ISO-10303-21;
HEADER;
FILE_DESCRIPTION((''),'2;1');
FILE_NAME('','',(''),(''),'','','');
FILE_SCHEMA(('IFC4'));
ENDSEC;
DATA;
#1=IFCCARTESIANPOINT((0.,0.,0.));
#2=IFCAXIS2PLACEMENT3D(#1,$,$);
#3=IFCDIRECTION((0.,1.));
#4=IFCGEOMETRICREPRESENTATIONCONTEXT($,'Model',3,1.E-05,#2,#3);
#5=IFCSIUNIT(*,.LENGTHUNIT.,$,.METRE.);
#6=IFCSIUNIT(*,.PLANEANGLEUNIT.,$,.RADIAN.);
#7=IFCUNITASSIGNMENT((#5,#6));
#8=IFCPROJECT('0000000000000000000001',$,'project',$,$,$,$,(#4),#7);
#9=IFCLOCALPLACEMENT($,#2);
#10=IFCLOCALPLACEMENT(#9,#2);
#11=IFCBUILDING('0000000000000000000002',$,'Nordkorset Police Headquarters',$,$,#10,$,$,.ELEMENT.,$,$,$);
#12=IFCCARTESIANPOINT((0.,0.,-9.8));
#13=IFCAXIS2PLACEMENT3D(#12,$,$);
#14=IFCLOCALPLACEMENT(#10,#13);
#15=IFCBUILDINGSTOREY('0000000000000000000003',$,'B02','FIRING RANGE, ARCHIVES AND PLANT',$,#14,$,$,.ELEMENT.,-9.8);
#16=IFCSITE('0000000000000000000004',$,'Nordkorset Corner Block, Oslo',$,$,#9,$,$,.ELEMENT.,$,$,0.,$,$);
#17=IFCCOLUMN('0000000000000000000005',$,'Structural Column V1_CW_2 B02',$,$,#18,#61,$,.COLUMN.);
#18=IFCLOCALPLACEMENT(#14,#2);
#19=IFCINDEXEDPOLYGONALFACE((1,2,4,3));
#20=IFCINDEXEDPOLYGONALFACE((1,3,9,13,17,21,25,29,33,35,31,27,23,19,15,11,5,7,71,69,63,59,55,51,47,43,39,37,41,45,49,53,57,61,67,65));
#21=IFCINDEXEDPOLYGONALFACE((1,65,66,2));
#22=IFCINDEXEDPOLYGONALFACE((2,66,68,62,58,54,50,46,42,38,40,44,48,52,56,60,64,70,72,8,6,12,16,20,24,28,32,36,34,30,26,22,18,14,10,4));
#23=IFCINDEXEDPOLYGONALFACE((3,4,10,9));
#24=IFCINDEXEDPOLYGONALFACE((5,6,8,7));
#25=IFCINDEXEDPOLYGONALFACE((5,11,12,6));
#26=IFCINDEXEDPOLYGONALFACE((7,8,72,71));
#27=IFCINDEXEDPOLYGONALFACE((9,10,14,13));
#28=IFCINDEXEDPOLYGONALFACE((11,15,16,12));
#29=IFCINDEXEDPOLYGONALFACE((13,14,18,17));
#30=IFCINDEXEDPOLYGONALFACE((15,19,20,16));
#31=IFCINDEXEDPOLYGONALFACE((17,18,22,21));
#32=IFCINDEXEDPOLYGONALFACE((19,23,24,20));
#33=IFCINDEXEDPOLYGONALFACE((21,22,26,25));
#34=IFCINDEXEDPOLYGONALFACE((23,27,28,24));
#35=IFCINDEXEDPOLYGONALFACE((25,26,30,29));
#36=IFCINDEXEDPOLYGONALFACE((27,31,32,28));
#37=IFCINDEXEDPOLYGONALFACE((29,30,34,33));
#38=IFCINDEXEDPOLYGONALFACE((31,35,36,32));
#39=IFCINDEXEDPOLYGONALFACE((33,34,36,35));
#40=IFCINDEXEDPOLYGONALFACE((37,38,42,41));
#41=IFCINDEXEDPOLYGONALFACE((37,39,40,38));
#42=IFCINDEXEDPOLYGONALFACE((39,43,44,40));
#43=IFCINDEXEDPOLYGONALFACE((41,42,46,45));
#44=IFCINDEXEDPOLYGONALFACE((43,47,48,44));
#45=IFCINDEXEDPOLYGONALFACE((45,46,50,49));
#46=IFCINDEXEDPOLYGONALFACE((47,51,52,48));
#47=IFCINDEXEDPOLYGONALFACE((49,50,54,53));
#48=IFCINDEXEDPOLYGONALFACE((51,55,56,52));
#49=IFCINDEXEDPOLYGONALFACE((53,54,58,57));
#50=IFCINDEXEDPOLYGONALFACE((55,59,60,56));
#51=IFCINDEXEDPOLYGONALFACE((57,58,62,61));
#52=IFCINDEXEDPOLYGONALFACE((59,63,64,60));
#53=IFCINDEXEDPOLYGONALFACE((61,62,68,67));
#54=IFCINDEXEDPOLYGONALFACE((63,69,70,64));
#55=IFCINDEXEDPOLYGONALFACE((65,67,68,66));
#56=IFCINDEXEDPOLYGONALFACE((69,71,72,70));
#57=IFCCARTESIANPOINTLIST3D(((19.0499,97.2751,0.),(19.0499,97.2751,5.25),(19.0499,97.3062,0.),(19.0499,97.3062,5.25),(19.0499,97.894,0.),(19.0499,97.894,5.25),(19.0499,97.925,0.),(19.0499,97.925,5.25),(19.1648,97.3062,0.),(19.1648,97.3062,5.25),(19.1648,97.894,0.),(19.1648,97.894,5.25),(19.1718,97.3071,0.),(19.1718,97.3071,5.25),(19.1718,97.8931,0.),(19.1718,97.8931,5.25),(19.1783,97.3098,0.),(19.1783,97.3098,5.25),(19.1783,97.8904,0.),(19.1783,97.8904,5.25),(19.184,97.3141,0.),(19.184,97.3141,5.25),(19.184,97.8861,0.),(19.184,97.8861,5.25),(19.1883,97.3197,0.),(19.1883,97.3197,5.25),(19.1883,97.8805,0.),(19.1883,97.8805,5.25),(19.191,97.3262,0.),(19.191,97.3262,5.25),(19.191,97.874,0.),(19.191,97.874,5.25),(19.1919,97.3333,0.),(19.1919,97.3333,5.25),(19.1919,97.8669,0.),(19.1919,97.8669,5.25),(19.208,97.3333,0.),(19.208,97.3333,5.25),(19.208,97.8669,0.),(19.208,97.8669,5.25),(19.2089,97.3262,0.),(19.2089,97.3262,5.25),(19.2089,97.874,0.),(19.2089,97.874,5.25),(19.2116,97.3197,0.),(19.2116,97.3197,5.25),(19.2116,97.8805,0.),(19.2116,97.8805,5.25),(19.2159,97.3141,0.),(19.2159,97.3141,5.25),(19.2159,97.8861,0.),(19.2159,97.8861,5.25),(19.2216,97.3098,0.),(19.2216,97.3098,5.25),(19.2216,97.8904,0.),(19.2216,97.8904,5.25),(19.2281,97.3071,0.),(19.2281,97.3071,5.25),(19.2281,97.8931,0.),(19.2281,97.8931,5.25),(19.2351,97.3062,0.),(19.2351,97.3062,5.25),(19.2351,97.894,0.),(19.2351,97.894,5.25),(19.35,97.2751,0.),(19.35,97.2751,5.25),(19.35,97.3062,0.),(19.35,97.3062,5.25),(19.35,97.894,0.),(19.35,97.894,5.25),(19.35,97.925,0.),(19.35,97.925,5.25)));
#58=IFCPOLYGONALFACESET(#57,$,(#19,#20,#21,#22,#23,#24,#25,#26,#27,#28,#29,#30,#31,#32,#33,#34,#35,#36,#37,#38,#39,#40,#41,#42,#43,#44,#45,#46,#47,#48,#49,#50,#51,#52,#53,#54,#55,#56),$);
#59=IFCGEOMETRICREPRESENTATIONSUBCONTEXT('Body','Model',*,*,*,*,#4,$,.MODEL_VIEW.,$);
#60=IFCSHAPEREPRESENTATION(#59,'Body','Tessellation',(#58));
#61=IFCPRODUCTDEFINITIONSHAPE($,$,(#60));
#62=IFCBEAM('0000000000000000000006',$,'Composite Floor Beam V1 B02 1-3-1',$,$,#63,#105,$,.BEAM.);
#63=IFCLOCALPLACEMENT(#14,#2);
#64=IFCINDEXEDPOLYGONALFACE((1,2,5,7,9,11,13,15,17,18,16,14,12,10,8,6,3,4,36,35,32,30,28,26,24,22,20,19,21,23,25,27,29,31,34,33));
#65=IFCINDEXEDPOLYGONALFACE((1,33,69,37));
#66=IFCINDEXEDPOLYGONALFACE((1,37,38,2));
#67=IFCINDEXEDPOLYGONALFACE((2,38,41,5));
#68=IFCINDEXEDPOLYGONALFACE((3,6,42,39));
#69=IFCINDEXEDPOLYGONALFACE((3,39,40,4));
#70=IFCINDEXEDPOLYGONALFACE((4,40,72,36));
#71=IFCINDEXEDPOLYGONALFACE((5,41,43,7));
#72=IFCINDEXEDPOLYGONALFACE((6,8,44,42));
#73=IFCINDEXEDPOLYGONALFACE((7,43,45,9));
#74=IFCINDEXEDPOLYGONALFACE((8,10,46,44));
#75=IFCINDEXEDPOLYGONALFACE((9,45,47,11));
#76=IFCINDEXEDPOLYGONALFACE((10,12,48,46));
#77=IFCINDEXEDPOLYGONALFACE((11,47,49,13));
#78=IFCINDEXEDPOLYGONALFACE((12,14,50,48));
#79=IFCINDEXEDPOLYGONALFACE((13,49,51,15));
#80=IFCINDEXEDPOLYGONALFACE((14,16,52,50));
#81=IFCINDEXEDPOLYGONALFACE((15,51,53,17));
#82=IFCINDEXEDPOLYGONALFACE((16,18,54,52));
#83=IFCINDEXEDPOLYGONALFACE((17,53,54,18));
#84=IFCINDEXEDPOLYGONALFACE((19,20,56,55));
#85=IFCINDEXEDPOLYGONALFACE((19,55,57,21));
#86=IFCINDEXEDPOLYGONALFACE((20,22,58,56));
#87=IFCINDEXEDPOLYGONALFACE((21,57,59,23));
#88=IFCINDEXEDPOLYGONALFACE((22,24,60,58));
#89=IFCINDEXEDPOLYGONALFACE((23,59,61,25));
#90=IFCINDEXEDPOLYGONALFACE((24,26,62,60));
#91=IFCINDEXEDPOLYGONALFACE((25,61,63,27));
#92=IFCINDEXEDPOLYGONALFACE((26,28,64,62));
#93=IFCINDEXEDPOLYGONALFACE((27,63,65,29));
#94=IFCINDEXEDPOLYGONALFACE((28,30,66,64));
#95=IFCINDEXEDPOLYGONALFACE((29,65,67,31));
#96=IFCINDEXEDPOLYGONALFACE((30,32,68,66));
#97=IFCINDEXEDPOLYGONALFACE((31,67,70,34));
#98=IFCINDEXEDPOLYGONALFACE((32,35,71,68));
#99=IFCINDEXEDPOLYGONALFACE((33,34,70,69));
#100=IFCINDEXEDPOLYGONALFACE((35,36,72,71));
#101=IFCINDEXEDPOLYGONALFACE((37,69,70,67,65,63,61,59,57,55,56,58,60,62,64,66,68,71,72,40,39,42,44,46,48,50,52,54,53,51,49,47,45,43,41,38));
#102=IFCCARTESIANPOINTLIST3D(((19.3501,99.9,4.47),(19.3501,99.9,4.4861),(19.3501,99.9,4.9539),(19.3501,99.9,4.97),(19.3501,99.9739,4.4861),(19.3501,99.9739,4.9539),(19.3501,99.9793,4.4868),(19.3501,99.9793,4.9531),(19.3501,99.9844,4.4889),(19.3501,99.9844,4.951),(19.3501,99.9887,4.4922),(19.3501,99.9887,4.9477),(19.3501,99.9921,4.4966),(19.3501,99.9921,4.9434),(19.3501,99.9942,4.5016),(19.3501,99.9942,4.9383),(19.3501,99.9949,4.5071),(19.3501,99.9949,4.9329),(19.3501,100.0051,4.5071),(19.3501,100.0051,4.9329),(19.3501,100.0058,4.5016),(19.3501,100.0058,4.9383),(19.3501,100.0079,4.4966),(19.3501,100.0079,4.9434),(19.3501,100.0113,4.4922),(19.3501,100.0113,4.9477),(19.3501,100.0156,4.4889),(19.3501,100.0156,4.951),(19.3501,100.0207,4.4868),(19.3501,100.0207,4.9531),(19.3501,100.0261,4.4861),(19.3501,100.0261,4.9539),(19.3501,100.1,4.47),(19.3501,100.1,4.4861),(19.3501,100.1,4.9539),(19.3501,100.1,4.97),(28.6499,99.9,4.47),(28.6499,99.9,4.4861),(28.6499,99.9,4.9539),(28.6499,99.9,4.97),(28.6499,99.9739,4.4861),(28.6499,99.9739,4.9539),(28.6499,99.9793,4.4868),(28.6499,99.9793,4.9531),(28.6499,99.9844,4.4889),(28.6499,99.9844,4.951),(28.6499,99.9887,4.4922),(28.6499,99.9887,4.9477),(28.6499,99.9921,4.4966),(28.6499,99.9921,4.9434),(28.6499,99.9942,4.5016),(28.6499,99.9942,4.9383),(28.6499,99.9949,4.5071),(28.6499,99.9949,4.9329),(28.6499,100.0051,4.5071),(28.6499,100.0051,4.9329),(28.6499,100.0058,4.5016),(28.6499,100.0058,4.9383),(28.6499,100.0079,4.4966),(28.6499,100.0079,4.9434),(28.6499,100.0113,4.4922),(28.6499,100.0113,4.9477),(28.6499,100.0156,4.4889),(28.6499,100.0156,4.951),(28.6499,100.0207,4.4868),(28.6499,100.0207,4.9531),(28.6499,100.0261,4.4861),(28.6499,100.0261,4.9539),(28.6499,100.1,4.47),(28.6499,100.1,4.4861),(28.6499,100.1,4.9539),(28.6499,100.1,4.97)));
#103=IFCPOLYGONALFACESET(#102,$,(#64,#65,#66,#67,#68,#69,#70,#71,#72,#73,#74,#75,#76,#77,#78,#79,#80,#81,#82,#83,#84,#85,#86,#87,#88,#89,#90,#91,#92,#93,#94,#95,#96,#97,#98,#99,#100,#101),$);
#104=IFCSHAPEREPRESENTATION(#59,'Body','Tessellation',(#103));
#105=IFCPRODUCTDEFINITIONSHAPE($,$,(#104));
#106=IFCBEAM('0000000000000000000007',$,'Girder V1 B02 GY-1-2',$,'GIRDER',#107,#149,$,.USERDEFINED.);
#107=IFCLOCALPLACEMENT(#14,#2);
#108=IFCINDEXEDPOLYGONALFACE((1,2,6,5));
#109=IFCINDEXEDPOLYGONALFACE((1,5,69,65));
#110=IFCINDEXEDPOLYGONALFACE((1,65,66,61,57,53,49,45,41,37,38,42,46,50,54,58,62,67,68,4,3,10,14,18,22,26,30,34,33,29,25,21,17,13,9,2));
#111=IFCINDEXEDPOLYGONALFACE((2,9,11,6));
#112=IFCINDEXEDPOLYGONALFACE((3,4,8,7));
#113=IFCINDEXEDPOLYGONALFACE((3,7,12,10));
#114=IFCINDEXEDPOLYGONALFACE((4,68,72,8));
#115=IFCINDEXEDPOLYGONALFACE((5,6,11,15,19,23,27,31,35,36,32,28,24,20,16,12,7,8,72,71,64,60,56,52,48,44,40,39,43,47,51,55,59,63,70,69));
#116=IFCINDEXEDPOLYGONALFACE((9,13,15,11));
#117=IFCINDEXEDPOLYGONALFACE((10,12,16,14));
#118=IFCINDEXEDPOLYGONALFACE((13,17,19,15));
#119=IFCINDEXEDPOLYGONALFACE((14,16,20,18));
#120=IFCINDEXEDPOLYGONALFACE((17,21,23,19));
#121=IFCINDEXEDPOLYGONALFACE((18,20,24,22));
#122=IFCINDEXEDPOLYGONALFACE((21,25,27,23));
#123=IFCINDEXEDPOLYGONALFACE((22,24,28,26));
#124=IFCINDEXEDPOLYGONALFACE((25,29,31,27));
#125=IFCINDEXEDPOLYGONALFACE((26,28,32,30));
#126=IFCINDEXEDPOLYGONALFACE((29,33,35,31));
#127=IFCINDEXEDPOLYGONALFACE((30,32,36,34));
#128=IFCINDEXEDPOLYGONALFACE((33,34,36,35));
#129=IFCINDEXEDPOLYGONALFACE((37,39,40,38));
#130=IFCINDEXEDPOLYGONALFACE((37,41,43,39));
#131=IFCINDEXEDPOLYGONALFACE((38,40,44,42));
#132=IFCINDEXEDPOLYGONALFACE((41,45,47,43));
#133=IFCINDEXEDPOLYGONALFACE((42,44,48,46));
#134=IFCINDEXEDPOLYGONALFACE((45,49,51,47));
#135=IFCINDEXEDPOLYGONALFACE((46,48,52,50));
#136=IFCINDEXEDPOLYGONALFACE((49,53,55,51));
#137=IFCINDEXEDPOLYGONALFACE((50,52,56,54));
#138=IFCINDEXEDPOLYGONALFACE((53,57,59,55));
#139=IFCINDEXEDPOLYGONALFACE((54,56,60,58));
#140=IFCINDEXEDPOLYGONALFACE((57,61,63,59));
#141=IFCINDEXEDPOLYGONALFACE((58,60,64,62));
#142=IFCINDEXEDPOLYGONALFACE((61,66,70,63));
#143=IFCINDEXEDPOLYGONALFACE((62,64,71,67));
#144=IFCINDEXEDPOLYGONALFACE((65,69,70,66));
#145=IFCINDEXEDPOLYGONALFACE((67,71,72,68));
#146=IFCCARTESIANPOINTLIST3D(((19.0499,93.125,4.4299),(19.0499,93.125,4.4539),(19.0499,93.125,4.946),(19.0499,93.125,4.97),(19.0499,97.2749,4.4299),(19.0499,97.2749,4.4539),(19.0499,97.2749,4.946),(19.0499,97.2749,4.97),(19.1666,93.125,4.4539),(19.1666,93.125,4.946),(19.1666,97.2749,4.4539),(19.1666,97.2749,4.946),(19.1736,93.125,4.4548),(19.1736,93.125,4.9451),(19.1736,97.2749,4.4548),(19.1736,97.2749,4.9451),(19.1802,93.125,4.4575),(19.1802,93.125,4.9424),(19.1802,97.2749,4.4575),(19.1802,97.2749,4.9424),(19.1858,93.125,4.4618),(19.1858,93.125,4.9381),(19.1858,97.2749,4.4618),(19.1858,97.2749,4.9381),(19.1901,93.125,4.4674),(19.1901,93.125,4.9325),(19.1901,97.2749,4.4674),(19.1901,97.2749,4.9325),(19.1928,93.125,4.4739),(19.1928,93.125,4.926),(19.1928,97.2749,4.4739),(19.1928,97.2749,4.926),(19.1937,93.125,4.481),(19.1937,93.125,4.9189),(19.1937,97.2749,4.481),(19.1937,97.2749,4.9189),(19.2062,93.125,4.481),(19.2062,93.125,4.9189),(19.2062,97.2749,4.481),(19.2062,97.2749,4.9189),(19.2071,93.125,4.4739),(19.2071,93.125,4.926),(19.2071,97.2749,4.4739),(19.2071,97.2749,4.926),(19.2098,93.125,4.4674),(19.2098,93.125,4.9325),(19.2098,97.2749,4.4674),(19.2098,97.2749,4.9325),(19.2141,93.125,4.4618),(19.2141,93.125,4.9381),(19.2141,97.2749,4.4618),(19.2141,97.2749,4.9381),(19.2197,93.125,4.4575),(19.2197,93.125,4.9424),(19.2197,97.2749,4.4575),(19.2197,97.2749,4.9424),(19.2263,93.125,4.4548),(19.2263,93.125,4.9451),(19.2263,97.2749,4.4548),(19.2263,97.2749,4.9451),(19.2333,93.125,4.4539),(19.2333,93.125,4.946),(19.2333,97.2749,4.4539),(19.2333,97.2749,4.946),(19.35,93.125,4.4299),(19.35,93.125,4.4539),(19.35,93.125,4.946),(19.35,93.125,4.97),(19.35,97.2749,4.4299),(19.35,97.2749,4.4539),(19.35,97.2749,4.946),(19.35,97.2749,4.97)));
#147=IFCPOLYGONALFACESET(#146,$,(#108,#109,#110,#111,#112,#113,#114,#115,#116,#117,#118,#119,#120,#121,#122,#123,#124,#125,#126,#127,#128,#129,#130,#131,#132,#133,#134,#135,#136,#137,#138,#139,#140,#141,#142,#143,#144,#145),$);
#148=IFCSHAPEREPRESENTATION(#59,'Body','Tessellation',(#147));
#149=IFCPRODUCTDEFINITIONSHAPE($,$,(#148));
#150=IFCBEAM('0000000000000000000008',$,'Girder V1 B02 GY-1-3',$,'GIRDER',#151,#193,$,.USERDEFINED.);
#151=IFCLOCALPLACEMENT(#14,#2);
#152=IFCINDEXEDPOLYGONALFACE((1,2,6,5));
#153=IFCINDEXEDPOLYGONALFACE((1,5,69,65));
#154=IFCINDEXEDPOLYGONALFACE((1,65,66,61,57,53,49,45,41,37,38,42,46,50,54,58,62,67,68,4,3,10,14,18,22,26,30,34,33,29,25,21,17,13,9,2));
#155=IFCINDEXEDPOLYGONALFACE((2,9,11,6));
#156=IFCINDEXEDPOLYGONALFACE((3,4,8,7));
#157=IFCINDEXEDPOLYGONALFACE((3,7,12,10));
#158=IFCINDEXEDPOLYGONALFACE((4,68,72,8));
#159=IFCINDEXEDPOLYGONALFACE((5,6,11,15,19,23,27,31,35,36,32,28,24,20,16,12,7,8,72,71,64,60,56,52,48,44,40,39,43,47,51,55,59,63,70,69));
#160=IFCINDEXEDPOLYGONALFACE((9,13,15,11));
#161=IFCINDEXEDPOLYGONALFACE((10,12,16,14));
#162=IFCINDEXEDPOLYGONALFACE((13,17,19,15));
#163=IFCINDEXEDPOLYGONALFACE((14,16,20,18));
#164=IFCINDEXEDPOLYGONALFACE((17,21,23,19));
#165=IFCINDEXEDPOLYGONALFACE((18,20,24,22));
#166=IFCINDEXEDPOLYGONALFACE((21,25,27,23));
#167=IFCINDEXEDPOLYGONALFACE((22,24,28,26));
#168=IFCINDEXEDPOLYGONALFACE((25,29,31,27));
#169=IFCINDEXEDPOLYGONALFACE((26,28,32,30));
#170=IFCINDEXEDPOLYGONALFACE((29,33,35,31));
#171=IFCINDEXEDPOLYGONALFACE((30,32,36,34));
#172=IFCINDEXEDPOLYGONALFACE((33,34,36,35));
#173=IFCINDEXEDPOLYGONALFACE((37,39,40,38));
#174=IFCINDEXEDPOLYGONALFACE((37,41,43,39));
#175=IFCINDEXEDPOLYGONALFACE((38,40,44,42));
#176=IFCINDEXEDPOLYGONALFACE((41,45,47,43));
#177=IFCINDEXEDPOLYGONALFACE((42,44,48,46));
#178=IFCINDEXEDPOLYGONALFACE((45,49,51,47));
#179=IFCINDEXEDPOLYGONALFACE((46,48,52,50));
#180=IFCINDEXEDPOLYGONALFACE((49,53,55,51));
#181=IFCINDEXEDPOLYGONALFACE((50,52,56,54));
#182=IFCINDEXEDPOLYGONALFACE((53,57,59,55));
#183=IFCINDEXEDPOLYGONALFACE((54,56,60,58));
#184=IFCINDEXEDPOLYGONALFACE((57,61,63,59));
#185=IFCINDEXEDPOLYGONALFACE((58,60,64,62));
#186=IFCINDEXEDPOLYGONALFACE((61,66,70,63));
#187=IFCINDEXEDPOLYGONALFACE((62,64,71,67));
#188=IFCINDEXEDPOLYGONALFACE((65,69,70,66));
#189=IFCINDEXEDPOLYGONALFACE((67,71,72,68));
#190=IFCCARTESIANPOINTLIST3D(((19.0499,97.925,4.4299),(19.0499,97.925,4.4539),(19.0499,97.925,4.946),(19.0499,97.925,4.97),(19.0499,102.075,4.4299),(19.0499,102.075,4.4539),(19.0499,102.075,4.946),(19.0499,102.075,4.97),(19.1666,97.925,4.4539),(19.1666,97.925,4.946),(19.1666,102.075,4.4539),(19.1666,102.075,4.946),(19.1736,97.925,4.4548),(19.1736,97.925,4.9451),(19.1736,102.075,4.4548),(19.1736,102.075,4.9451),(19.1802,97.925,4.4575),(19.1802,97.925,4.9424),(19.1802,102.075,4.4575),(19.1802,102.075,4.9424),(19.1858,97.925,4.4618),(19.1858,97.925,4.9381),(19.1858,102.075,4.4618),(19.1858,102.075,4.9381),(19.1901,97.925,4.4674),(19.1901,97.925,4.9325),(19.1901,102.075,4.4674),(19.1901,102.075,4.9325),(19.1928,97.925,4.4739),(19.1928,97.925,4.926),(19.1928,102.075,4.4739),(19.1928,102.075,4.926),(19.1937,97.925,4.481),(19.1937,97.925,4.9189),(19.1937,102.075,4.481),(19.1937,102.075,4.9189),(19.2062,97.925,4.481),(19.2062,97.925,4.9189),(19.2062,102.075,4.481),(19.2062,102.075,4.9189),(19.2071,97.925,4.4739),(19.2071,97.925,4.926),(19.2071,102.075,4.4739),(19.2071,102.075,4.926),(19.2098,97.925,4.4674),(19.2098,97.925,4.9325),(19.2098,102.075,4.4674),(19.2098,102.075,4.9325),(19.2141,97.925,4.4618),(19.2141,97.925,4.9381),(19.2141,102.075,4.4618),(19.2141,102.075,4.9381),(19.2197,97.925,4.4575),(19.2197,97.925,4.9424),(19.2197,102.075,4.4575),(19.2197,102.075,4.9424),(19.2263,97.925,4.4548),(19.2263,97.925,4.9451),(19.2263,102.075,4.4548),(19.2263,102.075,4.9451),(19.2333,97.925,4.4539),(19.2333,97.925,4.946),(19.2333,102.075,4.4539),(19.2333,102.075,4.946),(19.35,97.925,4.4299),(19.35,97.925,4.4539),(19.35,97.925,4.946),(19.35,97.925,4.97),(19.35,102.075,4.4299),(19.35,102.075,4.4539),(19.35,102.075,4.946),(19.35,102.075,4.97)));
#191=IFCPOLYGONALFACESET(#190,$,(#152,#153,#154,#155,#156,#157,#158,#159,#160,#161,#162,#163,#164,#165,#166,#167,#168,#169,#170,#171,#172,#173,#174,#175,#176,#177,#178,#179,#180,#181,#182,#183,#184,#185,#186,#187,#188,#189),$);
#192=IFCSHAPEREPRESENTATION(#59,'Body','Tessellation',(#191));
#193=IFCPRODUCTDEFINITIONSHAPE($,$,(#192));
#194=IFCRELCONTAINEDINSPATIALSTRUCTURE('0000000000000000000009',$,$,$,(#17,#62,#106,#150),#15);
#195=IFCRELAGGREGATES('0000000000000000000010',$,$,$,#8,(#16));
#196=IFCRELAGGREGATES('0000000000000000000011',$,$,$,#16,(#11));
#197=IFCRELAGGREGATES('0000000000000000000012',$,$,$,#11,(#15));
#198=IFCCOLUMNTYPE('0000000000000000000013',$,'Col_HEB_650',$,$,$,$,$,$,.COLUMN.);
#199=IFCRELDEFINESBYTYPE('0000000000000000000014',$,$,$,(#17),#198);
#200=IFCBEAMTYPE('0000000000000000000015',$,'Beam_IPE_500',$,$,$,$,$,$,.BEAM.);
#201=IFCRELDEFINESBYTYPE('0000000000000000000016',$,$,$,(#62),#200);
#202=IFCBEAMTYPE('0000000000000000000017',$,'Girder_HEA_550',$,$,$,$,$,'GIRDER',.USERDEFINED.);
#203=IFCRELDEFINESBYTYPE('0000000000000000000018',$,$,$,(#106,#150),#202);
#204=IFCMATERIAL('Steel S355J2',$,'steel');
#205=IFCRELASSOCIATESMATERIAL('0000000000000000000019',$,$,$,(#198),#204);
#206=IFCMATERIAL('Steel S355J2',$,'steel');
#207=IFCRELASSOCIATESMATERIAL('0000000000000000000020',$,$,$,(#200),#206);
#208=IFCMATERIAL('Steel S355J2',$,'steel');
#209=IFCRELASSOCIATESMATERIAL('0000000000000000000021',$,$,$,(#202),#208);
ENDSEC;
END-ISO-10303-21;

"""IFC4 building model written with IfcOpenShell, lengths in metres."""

from ifc_helpers import new_model, si_unit, direction, frame, origin, origin_2d, place, context, subcontext, project, spatial, i_section, extrude, material, material_profile, profile_set, type_object, element, save


model = new_model("IFC4")

# Units and contexts
model_context = context("Model", 3, precision=1e-05, world=origin(), true_north=direction((0.0, 1.0)))
body_context = subcontext(model_context, "Body", "Model", "MODEL_VIEW")
ifc_project = project(units=[si_unit("LENGTHUNIT", "METRE"), si_unit("PLANEANGLEUNIT", "RADIAN")], contexts=[model_context])

# Site, building, storey
site_placement = place(None, origin())
site = spatial("IfcSite", under=ifc_project, at=site_placement, Name="Nordkorset Corner Block, Oslo", CompositionType="ELEMENT", RefElevation=0.0)
building_placement = place(site_placement, origin())
building = spatial("IfcBuilding", under=site, at=building_placement, Name="Nordkorset Police Headquarters", CompositionType="ELEMENT")
storey_placement = place(building_placement, frame((0.0, 0.0, -9.8)))
storey = spatial("IfcBuildingStorey", under=building, at=storey_placement, Name="B02", Description="FIRING RANGE, ARCHIVES AND PLANT", CompositionType="ELEMENT", Elevation=-9.8)

# Column
ifc_material_1 = material(Name="Steel S355J2", Category="steel")
ifc_material_profile_1 = material_profile(ifc_material_1, i_section(OverallWidth=0.3, OverallDepth=0.6499, WebThickness=0.0161, FlangeThickness=0.031, FilletRadius=0.0271, at=origin_2d()), Name="HEB 650")
ifc_profile_set_1 = profile_set([ifc_material_profile_1], Name="Steel S355J2")
column_type = type_object("IfcColumnType", Name="Col_HEB_650", PredefinedType="COLUMN", material=ifc_profile_set_1)
column_placement = place(storey_placement, frame((19.2, 97.6001, 0.0), z_axis=(0.0, 0.0, 1.0), x_axis=(1.0, 0.0, 0.0)))
element("IfcColumn", 1, at=column_placement, inside=storey, type_object=column_type, Name="Structural Column V1_CW_2 B02", PredefinedType="COLUMN", context=body_context, shape_type="SweptSolid", body=[
    extrude(i_section(OverallWidth=0.3, OverallDepth=0.6499, WebThickness=0.0161, FlangeThickness=0.031, FilletRadius=0.0271, at=origin_2d()), origin(), (0.0, 0.0, 1.0), 5.25),
])

# Beams
ifc_material_2 = material(Name="Steel S355J2", Category="steel")
ifc_material_profile_2 = material_profile(ifc_material_2, i_section(OverallWidth=0.2, OverallDepth=0.5, WebThickness=0.0103, FlangeThickness=0.0161, FilletRadius=0.021, at=origin_2d()), Name="IPE 500")
ifc_profile_set_2 = profile_set([ifc_material_profile_2], Name="Steel S355J2")
beam_type_1 = type_object("IfcBeamType", Name="Beam_IPE_500", PredefinedType="BEAM", material=ifc_profile_set_2)
beam_1_placement = place(storey_placement, frame((19.3501, 100.0, 4.72), z_axis=(1.0, 0.0, 0.0), x_axis=(0.0, 1.0, 0.0)))
element("IfcBeam", 2, at=beam_1_placement, inside=storey, type_object=beam_type_1, Name="Composite Floor Beam V1 B02 1-3-1", PredefinedType="BEAM", context=body_context, shape_type="SweptSolid", body=[
    extrude(i_section(OverallWidth=0.2, OverallDepth=0.5, WebThickness=0.0103, FlangeThickness=0.0161, FilletRadius=0.021, at=origin_2d()), origin(), (0.0, 0.0, 1.0), 9.2998),
])
ifc_material_3 = material(Name="Steel S355J2", Category="steel")
ifc_material_profile_3 = material_profile(ifc_material_3, i_section(OverallWidth=0.3, OverallDepth=0.54, WebThickness=0.0125, FlangeThickness=0.0239, FilletRadius=0.0271, at=origin_2d()), Name="HEA 550")
ifc_profile_set_3 = profile_set([ifc_material_profile_3], Name="Steel S355J2")
beam_type_2 = type_object("IfcBeamType", Name="Girder_HEA_550", ElementType="GIRDER", PredefinedType="USERDEFINED", material=ifc_profile_set_3)
for number, where, z_axis, x_axis, name in (
    (3, (19.2, 93.125, 4.7), (0.0, 1.0, 0.0), (-1.0, 0.0, 0.0), "Girder V1 B02 GY-1-2"),
    (4, (19.2, 97.925, 4.7), (0.0, 1.0, 0.0), (-1.0, 0.0, 0.0), "Girder V1 B02 GY-1-3"),
):
    element("IfcBeam", number, at=place(storey_placement, frame(where, z_axis=z_axis, x_axis=x_axis)), inside=storey, type_object=beam_type_2, Name=name, ObjectType="GIRDER", PredefinedType="USERDEFINED", context=body_context, shape_type="SweptSolid", body=[
        extrude(i_section(OverallWidth=0.3, OverallDepth=0.54, WebThickness=0.0125, FlangeThickness=0.0239, FilletRadius=0.0271, at=origin_2d()), origin(), (0.0, 0.0, 1.0), 4.1499),
    ])

save(model, "model.ifc")
